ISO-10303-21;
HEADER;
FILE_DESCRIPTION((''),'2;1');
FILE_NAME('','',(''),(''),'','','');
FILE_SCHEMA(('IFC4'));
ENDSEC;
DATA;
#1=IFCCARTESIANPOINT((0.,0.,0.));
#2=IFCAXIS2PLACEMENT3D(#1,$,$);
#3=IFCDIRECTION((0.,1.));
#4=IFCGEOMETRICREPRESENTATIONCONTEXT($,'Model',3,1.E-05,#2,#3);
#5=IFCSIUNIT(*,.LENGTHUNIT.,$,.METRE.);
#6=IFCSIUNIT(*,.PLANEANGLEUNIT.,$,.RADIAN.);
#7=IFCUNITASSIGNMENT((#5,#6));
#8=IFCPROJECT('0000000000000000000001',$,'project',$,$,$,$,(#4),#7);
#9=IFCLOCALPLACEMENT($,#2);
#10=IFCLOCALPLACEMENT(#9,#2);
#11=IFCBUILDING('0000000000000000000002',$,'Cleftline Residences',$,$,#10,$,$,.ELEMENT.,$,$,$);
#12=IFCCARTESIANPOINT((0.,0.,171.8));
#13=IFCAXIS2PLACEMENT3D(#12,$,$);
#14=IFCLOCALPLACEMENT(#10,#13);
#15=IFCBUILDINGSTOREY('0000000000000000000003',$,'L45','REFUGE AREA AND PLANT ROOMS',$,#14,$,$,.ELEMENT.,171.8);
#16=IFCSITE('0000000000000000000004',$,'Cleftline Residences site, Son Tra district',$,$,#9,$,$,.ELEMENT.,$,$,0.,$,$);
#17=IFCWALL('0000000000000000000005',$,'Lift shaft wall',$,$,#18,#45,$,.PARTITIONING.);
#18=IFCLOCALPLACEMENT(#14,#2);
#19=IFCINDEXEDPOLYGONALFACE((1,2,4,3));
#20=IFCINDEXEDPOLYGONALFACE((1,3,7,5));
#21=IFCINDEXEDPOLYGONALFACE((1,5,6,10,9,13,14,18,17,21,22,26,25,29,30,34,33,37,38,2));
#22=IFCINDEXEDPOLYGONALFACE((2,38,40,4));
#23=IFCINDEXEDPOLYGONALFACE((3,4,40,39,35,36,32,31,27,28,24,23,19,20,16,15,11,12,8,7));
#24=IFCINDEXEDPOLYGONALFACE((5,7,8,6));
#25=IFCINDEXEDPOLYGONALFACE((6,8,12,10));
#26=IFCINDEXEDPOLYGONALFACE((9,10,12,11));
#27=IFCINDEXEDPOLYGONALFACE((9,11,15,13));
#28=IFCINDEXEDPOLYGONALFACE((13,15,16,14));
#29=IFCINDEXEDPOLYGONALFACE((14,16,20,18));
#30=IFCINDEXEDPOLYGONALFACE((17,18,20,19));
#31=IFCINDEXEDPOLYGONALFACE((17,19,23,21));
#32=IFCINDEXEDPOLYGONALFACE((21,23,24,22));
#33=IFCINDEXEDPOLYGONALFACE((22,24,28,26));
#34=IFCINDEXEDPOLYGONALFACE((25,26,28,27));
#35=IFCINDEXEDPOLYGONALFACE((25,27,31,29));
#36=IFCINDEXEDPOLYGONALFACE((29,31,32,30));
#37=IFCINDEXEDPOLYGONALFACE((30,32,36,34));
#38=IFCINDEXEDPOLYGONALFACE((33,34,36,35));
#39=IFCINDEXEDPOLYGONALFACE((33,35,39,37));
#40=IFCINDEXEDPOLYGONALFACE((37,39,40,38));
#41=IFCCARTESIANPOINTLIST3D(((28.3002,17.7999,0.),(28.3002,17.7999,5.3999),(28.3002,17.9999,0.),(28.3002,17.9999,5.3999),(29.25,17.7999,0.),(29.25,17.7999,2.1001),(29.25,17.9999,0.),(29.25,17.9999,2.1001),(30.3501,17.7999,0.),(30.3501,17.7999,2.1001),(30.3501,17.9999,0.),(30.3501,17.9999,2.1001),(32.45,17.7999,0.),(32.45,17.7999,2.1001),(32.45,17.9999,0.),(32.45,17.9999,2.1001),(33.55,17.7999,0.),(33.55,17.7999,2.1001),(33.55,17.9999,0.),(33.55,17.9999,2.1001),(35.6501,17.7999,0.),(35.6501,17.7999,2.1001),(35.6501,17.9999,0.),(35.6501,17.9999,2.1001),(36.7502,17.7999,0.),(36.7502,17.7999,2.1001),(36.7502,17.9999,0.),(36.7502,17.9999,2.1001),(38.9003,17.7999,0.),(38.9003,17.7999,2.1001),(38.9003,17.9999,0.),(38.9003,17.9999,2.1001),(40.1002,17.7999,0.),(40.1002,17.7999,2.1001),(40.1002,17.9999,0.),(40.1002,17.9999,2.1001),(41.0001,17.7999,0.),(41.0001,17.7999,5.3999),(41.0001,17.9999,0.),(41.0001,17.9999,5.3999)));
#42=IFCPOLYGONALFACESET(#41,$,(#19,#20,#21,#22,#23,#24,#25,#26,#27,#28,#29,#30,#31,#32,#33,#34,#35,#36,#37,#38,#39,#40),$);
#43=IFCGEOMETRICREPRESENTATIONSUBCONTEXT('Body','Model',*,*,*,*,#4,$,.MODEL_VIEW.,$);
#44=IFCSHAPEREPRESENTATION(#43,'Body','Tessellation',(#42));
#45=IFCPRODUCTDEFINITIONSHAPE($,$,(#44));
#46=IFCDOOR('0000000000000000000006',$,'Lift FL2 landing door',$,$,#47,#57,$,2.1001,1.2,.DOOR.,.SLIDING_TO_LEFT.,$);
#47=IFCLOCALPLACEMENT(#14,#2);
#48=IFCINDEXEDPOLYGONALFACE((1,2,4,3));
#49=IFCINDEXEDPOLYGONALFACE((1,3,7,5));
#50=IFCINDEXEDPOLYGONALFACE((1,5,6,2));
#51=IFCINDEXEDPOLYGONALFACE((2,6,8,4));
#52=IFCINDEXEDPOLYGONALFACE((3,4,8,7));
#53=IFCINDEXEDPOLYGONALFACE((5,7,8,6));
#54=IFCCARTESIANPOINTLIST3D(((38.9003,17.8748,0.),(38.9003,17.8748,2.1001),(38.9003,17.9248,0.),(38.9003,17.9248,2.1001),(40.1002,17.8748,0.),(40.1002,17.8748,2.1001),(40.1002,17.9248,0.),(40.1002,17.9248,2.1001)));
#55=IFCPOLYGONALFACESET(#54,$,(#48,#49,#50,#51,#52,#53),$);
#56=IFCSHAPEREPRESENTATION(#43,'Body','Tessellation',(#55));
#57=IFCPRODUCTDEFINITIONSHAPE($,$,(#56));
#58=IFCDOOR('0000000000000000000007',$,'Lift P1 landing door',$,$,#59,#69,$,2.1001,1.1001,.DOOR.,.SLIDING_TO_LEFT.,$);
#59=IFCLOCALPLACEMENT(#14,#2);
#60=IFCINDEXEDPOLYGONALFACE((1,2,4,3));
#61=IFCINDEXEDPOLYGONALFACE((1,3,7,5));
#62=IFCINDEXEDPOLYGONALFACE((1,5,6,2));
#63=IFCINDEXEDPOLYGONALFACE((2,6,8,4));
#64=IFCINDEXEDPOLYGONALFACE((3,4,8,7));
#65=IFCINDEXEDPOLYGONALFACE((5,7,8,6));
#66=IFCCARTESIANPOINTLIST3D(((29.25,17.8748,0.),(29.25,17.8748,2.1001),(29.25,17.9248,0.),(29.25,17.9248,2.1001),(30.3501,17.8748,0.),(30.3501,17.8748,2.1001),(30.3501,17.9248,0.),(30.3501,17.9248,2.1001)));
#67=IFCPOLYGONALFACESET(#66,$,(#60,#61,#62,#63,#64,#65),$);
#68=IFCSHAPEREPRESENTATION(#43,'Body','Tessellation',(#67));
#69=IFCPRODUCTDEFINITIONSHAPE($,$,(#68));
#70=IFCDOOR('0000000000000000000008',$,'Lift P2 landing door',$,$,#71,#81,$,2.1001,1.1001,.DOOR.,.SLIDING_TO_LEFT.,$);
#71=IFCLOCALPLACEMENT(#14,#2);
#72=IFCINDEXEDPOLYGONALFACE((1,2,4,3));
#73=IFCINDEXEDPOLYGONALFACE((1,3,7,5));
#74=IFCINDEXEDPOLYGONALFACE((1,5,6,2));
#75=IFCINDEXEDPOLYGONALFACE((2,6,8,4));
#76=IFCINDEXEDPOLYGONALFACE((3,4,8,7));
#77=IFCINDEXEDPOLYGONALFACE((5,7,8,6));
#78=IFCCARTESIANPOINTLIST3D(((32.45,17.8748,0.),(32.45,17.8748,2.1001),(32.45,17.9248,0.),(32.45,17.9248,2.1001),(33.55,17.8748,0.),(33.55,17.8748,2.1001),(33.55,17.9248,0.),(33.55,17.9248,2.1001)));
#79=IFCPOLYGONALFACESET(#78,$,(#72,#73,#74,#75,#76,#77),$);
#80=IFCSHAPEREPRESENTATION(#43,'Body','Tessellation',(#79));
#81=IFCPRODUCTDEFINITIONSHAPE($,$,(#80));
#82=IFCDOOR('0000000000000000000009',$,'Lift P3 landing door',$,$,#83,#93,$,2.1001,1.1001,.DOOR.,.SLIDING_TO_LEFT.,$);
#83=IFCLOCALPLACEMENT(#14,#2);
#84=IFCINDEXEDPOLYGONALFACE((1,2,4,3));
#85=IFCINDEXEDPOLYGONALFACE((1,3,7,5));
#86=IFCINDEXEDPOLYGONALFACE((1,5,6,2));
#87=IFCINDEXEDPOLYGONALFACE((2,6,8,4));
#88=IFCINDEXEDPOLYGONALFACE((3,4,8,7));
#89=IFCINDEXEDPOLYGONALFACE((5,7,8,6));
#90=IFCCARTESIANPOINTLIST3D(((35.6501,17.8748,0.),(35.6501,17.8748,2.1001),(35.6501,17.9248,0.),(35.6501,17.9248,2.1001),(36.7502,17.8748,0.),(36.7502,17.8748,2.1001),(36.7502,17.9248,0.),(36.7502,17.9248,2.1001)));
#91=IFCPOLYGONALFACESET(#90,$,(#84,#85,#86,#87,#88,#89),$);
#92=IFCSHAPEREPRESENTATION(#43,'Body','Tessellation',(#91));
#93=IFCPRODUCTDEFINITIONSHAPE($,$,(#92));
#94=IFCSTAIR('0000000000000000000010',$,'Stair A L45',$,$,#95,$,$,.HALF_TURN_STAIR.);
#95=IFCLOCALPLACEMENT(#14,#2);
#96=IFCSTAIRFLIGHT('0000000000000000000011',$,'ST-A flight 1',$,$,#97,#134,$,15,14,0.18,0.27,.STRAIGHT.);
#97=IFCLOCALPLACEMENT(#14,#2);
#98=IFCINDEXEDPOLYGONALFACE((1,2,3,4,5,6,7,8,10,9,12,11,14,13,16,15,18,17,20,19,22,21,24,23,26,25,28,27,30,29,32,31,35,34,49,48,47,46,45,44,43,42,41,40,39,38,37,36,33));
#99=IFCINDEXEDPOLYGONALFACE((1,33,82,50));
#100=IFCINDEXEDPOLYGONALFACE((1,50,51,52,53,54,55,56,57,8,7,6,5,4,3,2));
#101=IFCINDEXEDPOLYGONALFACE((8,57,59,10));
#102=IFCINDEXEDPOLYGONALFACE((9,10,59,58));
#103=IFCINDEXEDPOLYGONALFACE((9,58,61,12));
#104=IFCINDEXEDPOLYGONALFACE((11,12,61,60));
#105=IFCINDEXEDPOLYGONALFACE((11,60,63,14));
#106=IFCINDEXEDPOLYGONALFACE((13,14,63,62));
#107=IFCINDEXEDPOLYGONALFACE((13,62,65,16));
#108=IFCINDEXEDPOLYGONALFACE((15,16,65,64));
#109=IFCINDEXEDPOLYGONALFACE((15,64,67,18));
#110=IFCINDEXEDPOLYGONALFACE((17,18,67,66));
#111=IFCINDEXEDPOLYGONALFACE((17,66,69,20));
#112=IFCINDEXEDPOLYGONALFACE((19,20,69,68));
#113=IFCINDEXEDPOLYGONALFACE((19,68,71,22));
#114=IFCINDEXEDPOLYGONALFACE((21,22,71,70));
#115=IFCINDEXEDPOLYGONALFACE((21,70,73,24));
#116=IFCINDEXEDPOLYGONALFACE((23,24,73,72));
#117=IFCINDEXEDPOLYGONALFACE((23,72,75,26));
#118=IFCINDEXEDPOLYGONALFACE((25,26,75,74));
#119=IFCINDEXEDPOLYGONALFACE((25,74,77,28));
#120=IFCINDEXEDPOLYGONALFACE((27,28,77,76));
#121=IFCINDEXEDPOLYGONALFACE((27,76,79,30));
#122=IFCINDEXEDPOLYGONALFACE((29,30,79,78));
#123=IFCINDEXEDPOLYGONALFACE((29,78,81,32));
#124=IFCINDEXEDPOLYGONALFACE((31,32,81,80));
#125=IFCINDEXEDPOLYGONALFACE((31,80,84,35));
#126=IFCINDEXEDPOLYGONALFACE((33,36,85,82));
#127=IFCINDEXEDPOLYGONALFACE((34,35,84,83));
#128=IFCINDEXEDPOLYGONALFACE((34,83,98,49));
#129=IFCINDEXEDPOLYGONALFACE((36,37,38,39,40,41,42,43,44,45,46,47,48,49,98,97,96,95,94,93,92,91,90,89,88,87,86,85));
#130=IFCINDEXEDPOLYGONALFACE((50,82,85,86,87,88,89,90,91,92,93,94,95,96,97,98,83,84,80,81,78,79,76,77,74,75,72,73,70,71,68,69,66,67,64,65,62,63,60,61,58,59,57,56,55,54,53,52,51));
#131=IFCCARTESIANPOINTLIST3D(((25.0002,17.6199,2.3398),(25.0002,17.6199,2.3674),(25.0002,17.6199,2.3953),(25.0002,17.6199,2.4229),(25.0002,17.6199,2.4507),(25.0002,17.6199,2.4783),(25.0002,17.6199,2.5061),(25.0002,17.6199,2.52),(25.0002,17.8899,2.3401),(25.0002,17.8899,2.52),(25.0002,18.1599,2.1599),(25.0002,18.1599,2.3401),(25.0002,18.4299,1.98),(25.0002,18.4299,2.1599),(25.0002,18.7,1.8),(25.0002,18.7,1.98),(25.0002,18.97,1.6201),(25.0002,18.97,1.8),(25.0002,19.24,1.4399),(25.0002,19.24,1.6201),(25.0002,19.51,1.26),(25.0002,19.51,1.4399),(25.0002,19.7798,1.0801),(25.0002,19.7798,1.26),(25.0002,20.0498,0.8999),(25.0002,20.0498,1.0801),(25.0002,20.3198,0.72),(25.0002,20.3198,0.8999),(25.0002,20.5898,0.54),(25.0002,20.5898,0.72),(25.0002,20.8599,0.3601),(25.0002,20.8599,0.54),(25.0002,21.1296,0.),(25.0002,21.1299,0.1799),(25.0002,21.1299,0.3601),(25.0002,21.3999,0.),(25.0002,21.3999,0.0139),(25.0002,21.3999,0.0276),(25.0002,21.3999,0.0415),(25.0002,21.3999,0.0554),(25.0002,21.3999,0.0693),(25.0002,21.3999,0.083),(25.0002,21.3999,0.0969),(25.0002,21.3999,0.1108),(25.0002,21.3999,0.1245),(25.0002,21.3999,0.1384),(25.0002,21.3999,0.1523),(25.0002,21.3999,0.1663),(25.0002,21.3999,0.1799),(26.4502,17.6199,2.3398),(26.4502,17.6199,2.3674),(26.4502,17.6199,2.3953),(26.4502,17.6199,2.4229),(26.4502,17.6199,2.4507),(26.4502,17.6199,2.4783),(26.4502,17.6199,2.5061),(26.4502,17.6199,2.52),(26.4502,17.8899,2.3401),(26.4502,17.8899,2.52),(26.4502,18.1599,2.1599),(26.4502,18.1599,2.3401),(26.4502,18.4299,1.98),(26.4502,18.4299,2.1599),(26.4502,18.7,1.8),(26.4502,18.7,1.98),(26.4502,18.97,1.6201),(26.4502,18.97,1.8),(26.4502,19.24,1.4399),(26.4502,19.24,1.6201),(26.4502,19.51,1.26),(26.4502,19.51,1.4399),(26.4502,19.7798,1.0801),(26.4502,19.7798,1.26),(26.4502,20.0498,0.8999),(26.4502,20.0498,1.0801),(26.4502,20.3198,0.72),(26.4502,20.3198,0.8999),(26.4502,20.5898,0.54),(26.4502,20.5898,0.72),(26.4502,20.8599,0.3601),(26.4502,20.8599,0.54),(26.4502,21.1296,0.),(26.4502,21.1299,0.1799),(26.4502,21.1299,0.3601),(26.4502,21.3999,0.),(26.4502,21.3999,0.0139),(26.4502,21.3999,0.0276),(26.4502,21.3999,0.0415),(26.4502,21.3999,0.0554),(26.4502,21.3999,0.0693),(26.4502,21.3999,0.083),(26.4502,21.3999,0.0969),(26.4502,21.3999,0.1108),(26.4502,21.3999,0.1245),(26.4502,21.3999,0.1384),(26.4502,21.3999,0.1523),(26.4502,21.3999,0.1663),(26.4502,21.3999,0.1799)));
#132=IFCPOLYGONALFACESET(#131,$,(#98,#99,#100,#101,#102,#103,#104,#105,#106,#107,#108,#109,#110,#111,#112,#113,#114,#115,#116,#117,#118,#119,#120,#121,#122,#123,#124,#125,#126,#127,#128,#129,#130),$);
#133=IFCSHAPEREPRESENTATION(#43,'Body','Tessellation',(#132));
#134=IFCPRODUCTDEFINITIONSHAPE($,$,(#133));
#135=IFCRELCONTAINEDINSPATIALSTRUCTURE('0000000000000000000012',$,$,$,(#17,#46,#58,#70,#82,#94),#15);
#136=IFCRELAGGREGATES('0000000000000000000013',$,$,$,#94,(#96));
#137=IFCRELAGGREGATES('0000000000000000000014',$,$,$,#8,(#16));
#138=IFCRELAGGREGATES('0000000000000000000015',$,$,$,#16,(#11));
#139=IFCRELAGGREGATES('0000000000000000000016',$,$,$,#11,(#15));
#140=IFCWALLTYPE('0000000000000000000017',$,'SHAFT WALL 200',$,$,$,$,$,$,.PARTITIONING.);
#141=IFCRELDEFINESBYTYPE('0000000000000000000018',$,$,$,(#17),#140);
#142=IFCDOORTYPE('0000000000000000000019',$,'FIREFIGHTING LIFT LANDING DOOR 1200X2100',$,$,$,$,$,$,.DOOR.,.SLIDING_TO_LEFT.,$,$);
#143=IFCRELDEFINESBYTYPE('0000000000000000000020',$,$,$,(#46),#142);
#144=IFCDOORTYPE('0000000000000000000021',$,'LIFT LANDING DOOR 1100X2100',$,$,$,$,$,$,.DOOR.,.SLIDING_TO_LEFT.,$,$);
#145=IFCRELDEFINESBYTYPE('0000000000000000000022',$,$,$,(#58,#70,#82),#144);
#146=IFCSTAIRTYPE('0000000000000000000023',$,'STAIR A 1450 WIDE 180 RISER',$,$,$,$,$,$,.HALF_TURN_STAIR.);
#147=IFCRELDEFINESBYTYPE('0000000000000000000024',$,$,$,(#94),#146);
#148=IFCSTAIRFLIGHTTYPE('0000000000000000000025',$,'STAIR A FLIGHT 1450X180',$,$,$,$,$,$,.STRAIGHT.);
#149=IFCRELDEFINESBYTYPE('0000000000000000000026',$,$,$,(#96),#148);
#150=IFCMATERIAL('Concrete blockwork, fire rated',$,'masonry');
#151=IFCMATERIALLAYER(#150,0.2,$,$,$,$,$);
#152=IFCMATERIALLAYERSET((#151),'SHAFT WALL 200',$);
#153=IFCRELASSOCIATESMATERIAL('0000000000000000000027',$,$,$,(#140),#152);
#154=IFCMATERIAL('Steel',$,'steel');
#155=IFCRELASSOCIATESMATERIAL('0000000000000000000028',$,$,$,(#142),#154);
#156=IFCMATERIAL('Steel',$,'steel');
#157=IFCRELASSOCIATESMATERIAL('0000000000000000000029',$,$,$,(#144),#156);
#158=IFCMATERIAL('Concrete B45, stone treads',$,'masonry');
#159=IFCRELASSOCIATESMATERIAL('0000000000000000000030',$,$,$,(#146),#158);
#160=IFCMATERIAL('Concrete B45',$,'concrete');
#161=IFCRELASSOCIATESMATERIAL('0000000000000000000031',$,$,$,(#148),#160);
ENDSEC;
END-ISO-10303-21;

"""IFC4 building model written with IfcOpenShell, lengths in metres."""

from ifc_helpers import new_model, si_unit, direction, frame, frame_2d, origin, place, context, subcontext, project, spatial, polyline, rectangle, outline, extrude, material, layer, layer_set, type_object, element, fill, aggregate, save


model = new_model("IFC4")

# Units and contexts
model_context = context("Model", 3, precision=1e-05, world=origin(), true_north=direction((0.0, 1.0)))
body_context = subcontext(model_context, "Body", "Model", "MODEL_VIEW")
ifc_project = project(units=[si_unit("LENGTHUNIT", "METRE"), si_unit("PLANEANGLEUNIT", "RADIAN")], contexts=[model_context])

# Site, building, storey
site_placement = place(None, origin())
site = spatial("IfcSite", under=ifc_project, at=site_placement, Name="Cleftline Residences site, Son Tra district", CompositionType="ELEMENT", RefElevation=0.0)
building_placement = place(site_placement, origin())
building = spatial("IfcBuilding", under=site, at=building_placement, Name="Cleftline Residences", CompositionType="ELEMENT")
storey_placement = place(building_placement, frame((0.0, 0.0, 171.8)))
storey = spatial("IfcBuildingStorey", under=building, at=storey_placement, Name="L45", Description="REFUGE AREA AND PLANT ROOMS", CompositionType="ELEMENT", Elevation=171.8)

# Wall, openings, doors
ifc_material_1 = material(Name="Concrete blockwork, fire rated", Category="masonry")
ifc_layer_1 = layer(ifc_material_1, 0.2)
ifc_layer_set_1 = layer_set([ifc_layer_1], Name="SHAFT WALL 200")
wall_type_1 = type_object("IfcWallType", Name="SHAFT WALL 200", PredefinedType="PARTITIONING", material=ifc_layer_set_1)
wall_1_placement = place(storey_placement, frame((28.3, 17.8999, 0.0), z_axis=(0.0, 0.0, 1.0), x_axis=(1.0, 0.0, 0.0)))
wall_1 = element("IfcWall", 1, at=wall_1_placement, inside=storey, type_object=wall_type_1, Name="Lift shaft wall", PredefinedType="PARTITIONING", context=body_context, shape_type="SweptSolid", body=[
    extrude(rectangle(XDim=12.7, YDim=0.2, at=frame_2d((6.3501, 0.0))), origin(), (0.0, 0.0, 1.0), 5.3999),
])
opening_1_placement = place(wall_1_placement, frame((0.95, 0.0, 0.0)))
opening_1 = element("IfcOpeningElement", 2, at=opening_1_placement, cuts=wall_1, PredefinedType="OPENING", context=body_context, shape_type="SweptSolid", body=[
    extrude(rectangle(XDim=1.1001, YDim=2.1001, at=frame_2d((0.55, 1.05))), frame((0.0, 0.1099, 0.0), z_axis=(0.0, -1.0, 0.0), x_axis=(1.0, 0.0, 0.0)), (0.0, 0.0, 1.0), 0.22),
])
opening_2_placement = place(wall_1_placement, frame((4.1499, 0.0, 0.0)))
opening_2 = element("IfcOpeningElement", 3, at=opening_2_placement, cuts=wall_1, PredefinedType="OPENING", context=body_context, shape_type="SweptSolid", body=[
    extrude(rectangle(XDim=1.1001, YDim=2.1001, at=frame_2d((0.55, 1.05))), frame((0.0, 0.1099, 0.0), z_axis=(0.0, -1.0, 0.0), x_axis=(1.0, 0.0, 0.0)), (0.0, 0.0, 1.0), 0.22),
])
opening_3_placement = place(wall_1_placement, frame((7.3501, 0.0, 0.0)))
opening_3 = element("IfcOpeningElement", 4, at=opening_3_placement, cuts=wall_1, PredefinedType="OPENING", context=body_context, shape_type="SweptSolid", body=[
    extrude(rectangle(XDim=1.1001, YDim=2.1001, at=frame_2d((0.55, 1.05))), frame((0.0, 0.1099, 0.0), z_axis=(0.0, -1.0, 0.0), x_axis=(1.0, 0.0, 0.0)), (0.0, 0.0, 1.0), 0.22),
])
opening_4_placement = place(wall_1_placement, frame((10.6001, 0.0, 0.0)))
opening_4 = element("IfcOpeningElement", 5, at=opening_4_placement, cuts=wall_1, PredefinedType="OPENING", context=body_context, shape_type="SweptSolid", body=[
    extrude(rectangle(XDim=1.2, YDim=2.1001, at=frame_2d((0.6001, 1.05))), frame((0.0, 0.1099, 0.0), z_axis=(0.0, -1.0, 0.0), x_axis=(1.0, 0.0, 0.0)), (0.0, 0.0, 1.0), 0.22),
])
ifc_material_2 = material(Name="Steel", Category="steel")
door_type_1 = type_object("IfcDoorType", Name="FIREFIGHTING LIFT LANDING DOOR 1200X2100", OperationType="SLIDING_TO_LEFT", PredefinedType="DOOR", material=ifc_material_2)
door_1_placement = place(opening_4_placement, origin())
door_1 = element("IfcDoor", 6, at=door_1_placement, inside=storey, type_object=door_type_1, Name="Lift FL2 landing door", OperationType="SLIDING_TO_LEFT", OverallHeight=2.1001, OverallWidth=1.2, PredefinedType="DOOR", context=body_context, shape_type="SweptSolid", body=[
    extrude(rectangle(XDim=1.2, YDim=2.1001, at=frame_2d((0.6001, 1.05))), frame((0.0, 0.0249, 0.0), z_axis=(0.0, -1.0, 0.0), x_axis=(1.0, 0.0, 0.0)), (0.0, 0.0, 1.0), 0.05),
])
fill(opening_4, door_1)
ifc_material_3 = material(Name="Steel", Category="steel")
door_type_2 = type_object("IfcDoorType", Name="LIFT LANDING DOOR 1100X2100", OperationType="SLIDING_TO_LEFT", PredefinedType="DOOR", material=ifc_material_3)
door_2_placement = place(opening_1_placement, origin())
door_2 = element("IfcDoor", 7, at=door_2_placement, inside=storey, type_object=door_type_2, Name="Lift P1 landing door", OperationType="SLIDING_TO_LEFT", OverallHeight=2.1001, OverallWidth=1.1001, PredefinedType="DOOR", context=body_context, shape_type="SweptSolid", body=[
    extrude(rectangle(XDim=1.1001, YDim=2.1001, at=frame_2d((0.55, 1.05))), frame((0.0, 0.0249, 0.0), z_axis=(0.0, -1.0, 0.0), x_axis=(1.0, 0.0, 0.0)), (0.0, 0.0, 1.0), 0.05),
])
fill(opening_1, door_2)
door_3_placement = place(opening_2_placement, origin())
door_3 = element("IfcDoor", 8, at=door_3_placement, inside=storey, type_object=door_type_2, Name="Lift P2 landing door", OperationType="SLIDING_TO_LEFT", OverallHeight=2.1001, OverallWidth=1.1001, PredefinedType="DOOR", context=body_context, shape_type="SweptSolid", body=[
    extrude(rectangle(XDim=1.1001, YDim=2.1001, at=frame_2d((0.55, 1.05))), frame((0.0, 0.0249, 0.0), z_axis=(0.0, -1.0, 0.0), x_axis=(1.0, 0.0, 0.0)), (0.0, 0.0, 1.0), 0.05),
])
fill(opening_2, door_3)
door_4_placement = place(opening_3_placement, origin())
door_4 = element("IfcDoor", 9, at=door_4_placement, inside=storey, type_object=door_type_2, Name="Lift P3 landing door", OperationType="SLIDING_TO_LEFT", OverallHeight=2.1001, OverallWidth=1.1001, PredefinedType="DOOR", context=body_context, shape_type="SweptSolid", body=[
    extrude(rectangle(XDim=1.1001, YDim=2.1001, at=frame_2d((0.55, 1.05))), frame((0.0, 0.0249, 0.0), z_axis=(0.0, -1.0, 0.0), x_axis=(1.0, 0.0, 0.0)), (0.0, 0.0, 1.0), 0.05),
])
fill(opening_3, door_4)

# Stair, stair flight
ifc_material_4 = material(Name="Concrete B45, stone treads", Category="masonry")
stair_type = type_object("IfcStairType", Name="STAIR A 1450 WIDE 180 RISER", PredefinedType="HALF_TURN_STAIR", material=ifc_material_4)
stair_placement = place(storey_placement, origin())
stair = element("IfcStair", 10, at=stair_placement, inside=storey, type_object=stair_type, Name="Stair A L45", PredefinedType="HALF_TURN_STAIR")
ifc_material_5 = material(Name="Concrete B45", Category="concrete")
stair_flight_type = type_object("IfcStairFlightType", Name="STAIR A FLIGHT 1450X180", PredefinedType="STRAIGHT", material=ifc_material_5)
stair_flight_1_placement = place(storey_placement, frame((25.7251, 21.3999, 0.0), z_axis=(0.0, 0.0, 1.0), x_axis=(0.0, -1.0, 0.0)))
stair_flight_1 = element("IfcStairFlight", 11, at=stair_flight_1_placement, type_object=stair_flight_type, Name="ST-A flight 1", NumberOfRisers=15, NumberOfTreads=14, PredefinedType="STRAIGHT", RiserHeight=0.18, TreadLength=0.27, context=body_context, shape_type="SweptSolid", body=[
    extrude(outline(polyline([(0.0, 0.0), (0.0, 0.0139), (0.0, 0.0276), (0.0, 0.0415), (0.0, 0.0554), (0.0, 0.0693), (0.0, 0.083), (0.0, 0.0969), (0.0, 0.1108), (0.0, 0.1245), (0.0, 0.1384), (0.0, 0.1523), (0.0, 0.1663), (0.0, 0.1799), (0.27, 0.1799), (0.27, 0.3601), (0.54, 0.3601), (0.54, 0.54), (0.8101, 0.54), (0.8101, 0.72), (1.0801, 0.72), (1.0801, 0.8999), (1.3501, 0.8999), (1.3501, 1.0801), (1.6201, 1.0801), (1.6201, 1.26), (1.8899, 1.26), (1.8899, 1.4399), (2.1599, 1.4399), (2.1599, 1.6201), (2.4299, 1.6201), (2.4299, 1.8), (2.7, 1.8), (2.7, 1.98), (2.97, 1.98), (2.97, 2.1599), (3.24, 2.1599), (3.24, 2.3401), (3.51, 2.3401), (3.51, 2.52), (3.78, 2.52), (3.78, 2.7), (3.78, 2.6724), (3.78, 2.6445), (3.78, 2.6169), (3.78, 2.5891), (3.78, 2.5615), (3.78, 2.5337), (3.78, 2.5061), (3.78, 2.4783), (3.78, 2.4507), (3.78, 2.4229), (3.78, 2.3953), (3.78, 2.3674), (3.78, 2.3398), (0.2703, 0.0), (0.0, 0.0)])), frame((0.0, 0.7251, 0.0), z_axis=(0.0, -1.0, 0.0), x_axis=(1.0, 0.0, 0.0)), (0.0, 0.0, 1.0), 1.45),
])
aggregate(stair, [stair_flight_1])

save(model, "model.ifc")
